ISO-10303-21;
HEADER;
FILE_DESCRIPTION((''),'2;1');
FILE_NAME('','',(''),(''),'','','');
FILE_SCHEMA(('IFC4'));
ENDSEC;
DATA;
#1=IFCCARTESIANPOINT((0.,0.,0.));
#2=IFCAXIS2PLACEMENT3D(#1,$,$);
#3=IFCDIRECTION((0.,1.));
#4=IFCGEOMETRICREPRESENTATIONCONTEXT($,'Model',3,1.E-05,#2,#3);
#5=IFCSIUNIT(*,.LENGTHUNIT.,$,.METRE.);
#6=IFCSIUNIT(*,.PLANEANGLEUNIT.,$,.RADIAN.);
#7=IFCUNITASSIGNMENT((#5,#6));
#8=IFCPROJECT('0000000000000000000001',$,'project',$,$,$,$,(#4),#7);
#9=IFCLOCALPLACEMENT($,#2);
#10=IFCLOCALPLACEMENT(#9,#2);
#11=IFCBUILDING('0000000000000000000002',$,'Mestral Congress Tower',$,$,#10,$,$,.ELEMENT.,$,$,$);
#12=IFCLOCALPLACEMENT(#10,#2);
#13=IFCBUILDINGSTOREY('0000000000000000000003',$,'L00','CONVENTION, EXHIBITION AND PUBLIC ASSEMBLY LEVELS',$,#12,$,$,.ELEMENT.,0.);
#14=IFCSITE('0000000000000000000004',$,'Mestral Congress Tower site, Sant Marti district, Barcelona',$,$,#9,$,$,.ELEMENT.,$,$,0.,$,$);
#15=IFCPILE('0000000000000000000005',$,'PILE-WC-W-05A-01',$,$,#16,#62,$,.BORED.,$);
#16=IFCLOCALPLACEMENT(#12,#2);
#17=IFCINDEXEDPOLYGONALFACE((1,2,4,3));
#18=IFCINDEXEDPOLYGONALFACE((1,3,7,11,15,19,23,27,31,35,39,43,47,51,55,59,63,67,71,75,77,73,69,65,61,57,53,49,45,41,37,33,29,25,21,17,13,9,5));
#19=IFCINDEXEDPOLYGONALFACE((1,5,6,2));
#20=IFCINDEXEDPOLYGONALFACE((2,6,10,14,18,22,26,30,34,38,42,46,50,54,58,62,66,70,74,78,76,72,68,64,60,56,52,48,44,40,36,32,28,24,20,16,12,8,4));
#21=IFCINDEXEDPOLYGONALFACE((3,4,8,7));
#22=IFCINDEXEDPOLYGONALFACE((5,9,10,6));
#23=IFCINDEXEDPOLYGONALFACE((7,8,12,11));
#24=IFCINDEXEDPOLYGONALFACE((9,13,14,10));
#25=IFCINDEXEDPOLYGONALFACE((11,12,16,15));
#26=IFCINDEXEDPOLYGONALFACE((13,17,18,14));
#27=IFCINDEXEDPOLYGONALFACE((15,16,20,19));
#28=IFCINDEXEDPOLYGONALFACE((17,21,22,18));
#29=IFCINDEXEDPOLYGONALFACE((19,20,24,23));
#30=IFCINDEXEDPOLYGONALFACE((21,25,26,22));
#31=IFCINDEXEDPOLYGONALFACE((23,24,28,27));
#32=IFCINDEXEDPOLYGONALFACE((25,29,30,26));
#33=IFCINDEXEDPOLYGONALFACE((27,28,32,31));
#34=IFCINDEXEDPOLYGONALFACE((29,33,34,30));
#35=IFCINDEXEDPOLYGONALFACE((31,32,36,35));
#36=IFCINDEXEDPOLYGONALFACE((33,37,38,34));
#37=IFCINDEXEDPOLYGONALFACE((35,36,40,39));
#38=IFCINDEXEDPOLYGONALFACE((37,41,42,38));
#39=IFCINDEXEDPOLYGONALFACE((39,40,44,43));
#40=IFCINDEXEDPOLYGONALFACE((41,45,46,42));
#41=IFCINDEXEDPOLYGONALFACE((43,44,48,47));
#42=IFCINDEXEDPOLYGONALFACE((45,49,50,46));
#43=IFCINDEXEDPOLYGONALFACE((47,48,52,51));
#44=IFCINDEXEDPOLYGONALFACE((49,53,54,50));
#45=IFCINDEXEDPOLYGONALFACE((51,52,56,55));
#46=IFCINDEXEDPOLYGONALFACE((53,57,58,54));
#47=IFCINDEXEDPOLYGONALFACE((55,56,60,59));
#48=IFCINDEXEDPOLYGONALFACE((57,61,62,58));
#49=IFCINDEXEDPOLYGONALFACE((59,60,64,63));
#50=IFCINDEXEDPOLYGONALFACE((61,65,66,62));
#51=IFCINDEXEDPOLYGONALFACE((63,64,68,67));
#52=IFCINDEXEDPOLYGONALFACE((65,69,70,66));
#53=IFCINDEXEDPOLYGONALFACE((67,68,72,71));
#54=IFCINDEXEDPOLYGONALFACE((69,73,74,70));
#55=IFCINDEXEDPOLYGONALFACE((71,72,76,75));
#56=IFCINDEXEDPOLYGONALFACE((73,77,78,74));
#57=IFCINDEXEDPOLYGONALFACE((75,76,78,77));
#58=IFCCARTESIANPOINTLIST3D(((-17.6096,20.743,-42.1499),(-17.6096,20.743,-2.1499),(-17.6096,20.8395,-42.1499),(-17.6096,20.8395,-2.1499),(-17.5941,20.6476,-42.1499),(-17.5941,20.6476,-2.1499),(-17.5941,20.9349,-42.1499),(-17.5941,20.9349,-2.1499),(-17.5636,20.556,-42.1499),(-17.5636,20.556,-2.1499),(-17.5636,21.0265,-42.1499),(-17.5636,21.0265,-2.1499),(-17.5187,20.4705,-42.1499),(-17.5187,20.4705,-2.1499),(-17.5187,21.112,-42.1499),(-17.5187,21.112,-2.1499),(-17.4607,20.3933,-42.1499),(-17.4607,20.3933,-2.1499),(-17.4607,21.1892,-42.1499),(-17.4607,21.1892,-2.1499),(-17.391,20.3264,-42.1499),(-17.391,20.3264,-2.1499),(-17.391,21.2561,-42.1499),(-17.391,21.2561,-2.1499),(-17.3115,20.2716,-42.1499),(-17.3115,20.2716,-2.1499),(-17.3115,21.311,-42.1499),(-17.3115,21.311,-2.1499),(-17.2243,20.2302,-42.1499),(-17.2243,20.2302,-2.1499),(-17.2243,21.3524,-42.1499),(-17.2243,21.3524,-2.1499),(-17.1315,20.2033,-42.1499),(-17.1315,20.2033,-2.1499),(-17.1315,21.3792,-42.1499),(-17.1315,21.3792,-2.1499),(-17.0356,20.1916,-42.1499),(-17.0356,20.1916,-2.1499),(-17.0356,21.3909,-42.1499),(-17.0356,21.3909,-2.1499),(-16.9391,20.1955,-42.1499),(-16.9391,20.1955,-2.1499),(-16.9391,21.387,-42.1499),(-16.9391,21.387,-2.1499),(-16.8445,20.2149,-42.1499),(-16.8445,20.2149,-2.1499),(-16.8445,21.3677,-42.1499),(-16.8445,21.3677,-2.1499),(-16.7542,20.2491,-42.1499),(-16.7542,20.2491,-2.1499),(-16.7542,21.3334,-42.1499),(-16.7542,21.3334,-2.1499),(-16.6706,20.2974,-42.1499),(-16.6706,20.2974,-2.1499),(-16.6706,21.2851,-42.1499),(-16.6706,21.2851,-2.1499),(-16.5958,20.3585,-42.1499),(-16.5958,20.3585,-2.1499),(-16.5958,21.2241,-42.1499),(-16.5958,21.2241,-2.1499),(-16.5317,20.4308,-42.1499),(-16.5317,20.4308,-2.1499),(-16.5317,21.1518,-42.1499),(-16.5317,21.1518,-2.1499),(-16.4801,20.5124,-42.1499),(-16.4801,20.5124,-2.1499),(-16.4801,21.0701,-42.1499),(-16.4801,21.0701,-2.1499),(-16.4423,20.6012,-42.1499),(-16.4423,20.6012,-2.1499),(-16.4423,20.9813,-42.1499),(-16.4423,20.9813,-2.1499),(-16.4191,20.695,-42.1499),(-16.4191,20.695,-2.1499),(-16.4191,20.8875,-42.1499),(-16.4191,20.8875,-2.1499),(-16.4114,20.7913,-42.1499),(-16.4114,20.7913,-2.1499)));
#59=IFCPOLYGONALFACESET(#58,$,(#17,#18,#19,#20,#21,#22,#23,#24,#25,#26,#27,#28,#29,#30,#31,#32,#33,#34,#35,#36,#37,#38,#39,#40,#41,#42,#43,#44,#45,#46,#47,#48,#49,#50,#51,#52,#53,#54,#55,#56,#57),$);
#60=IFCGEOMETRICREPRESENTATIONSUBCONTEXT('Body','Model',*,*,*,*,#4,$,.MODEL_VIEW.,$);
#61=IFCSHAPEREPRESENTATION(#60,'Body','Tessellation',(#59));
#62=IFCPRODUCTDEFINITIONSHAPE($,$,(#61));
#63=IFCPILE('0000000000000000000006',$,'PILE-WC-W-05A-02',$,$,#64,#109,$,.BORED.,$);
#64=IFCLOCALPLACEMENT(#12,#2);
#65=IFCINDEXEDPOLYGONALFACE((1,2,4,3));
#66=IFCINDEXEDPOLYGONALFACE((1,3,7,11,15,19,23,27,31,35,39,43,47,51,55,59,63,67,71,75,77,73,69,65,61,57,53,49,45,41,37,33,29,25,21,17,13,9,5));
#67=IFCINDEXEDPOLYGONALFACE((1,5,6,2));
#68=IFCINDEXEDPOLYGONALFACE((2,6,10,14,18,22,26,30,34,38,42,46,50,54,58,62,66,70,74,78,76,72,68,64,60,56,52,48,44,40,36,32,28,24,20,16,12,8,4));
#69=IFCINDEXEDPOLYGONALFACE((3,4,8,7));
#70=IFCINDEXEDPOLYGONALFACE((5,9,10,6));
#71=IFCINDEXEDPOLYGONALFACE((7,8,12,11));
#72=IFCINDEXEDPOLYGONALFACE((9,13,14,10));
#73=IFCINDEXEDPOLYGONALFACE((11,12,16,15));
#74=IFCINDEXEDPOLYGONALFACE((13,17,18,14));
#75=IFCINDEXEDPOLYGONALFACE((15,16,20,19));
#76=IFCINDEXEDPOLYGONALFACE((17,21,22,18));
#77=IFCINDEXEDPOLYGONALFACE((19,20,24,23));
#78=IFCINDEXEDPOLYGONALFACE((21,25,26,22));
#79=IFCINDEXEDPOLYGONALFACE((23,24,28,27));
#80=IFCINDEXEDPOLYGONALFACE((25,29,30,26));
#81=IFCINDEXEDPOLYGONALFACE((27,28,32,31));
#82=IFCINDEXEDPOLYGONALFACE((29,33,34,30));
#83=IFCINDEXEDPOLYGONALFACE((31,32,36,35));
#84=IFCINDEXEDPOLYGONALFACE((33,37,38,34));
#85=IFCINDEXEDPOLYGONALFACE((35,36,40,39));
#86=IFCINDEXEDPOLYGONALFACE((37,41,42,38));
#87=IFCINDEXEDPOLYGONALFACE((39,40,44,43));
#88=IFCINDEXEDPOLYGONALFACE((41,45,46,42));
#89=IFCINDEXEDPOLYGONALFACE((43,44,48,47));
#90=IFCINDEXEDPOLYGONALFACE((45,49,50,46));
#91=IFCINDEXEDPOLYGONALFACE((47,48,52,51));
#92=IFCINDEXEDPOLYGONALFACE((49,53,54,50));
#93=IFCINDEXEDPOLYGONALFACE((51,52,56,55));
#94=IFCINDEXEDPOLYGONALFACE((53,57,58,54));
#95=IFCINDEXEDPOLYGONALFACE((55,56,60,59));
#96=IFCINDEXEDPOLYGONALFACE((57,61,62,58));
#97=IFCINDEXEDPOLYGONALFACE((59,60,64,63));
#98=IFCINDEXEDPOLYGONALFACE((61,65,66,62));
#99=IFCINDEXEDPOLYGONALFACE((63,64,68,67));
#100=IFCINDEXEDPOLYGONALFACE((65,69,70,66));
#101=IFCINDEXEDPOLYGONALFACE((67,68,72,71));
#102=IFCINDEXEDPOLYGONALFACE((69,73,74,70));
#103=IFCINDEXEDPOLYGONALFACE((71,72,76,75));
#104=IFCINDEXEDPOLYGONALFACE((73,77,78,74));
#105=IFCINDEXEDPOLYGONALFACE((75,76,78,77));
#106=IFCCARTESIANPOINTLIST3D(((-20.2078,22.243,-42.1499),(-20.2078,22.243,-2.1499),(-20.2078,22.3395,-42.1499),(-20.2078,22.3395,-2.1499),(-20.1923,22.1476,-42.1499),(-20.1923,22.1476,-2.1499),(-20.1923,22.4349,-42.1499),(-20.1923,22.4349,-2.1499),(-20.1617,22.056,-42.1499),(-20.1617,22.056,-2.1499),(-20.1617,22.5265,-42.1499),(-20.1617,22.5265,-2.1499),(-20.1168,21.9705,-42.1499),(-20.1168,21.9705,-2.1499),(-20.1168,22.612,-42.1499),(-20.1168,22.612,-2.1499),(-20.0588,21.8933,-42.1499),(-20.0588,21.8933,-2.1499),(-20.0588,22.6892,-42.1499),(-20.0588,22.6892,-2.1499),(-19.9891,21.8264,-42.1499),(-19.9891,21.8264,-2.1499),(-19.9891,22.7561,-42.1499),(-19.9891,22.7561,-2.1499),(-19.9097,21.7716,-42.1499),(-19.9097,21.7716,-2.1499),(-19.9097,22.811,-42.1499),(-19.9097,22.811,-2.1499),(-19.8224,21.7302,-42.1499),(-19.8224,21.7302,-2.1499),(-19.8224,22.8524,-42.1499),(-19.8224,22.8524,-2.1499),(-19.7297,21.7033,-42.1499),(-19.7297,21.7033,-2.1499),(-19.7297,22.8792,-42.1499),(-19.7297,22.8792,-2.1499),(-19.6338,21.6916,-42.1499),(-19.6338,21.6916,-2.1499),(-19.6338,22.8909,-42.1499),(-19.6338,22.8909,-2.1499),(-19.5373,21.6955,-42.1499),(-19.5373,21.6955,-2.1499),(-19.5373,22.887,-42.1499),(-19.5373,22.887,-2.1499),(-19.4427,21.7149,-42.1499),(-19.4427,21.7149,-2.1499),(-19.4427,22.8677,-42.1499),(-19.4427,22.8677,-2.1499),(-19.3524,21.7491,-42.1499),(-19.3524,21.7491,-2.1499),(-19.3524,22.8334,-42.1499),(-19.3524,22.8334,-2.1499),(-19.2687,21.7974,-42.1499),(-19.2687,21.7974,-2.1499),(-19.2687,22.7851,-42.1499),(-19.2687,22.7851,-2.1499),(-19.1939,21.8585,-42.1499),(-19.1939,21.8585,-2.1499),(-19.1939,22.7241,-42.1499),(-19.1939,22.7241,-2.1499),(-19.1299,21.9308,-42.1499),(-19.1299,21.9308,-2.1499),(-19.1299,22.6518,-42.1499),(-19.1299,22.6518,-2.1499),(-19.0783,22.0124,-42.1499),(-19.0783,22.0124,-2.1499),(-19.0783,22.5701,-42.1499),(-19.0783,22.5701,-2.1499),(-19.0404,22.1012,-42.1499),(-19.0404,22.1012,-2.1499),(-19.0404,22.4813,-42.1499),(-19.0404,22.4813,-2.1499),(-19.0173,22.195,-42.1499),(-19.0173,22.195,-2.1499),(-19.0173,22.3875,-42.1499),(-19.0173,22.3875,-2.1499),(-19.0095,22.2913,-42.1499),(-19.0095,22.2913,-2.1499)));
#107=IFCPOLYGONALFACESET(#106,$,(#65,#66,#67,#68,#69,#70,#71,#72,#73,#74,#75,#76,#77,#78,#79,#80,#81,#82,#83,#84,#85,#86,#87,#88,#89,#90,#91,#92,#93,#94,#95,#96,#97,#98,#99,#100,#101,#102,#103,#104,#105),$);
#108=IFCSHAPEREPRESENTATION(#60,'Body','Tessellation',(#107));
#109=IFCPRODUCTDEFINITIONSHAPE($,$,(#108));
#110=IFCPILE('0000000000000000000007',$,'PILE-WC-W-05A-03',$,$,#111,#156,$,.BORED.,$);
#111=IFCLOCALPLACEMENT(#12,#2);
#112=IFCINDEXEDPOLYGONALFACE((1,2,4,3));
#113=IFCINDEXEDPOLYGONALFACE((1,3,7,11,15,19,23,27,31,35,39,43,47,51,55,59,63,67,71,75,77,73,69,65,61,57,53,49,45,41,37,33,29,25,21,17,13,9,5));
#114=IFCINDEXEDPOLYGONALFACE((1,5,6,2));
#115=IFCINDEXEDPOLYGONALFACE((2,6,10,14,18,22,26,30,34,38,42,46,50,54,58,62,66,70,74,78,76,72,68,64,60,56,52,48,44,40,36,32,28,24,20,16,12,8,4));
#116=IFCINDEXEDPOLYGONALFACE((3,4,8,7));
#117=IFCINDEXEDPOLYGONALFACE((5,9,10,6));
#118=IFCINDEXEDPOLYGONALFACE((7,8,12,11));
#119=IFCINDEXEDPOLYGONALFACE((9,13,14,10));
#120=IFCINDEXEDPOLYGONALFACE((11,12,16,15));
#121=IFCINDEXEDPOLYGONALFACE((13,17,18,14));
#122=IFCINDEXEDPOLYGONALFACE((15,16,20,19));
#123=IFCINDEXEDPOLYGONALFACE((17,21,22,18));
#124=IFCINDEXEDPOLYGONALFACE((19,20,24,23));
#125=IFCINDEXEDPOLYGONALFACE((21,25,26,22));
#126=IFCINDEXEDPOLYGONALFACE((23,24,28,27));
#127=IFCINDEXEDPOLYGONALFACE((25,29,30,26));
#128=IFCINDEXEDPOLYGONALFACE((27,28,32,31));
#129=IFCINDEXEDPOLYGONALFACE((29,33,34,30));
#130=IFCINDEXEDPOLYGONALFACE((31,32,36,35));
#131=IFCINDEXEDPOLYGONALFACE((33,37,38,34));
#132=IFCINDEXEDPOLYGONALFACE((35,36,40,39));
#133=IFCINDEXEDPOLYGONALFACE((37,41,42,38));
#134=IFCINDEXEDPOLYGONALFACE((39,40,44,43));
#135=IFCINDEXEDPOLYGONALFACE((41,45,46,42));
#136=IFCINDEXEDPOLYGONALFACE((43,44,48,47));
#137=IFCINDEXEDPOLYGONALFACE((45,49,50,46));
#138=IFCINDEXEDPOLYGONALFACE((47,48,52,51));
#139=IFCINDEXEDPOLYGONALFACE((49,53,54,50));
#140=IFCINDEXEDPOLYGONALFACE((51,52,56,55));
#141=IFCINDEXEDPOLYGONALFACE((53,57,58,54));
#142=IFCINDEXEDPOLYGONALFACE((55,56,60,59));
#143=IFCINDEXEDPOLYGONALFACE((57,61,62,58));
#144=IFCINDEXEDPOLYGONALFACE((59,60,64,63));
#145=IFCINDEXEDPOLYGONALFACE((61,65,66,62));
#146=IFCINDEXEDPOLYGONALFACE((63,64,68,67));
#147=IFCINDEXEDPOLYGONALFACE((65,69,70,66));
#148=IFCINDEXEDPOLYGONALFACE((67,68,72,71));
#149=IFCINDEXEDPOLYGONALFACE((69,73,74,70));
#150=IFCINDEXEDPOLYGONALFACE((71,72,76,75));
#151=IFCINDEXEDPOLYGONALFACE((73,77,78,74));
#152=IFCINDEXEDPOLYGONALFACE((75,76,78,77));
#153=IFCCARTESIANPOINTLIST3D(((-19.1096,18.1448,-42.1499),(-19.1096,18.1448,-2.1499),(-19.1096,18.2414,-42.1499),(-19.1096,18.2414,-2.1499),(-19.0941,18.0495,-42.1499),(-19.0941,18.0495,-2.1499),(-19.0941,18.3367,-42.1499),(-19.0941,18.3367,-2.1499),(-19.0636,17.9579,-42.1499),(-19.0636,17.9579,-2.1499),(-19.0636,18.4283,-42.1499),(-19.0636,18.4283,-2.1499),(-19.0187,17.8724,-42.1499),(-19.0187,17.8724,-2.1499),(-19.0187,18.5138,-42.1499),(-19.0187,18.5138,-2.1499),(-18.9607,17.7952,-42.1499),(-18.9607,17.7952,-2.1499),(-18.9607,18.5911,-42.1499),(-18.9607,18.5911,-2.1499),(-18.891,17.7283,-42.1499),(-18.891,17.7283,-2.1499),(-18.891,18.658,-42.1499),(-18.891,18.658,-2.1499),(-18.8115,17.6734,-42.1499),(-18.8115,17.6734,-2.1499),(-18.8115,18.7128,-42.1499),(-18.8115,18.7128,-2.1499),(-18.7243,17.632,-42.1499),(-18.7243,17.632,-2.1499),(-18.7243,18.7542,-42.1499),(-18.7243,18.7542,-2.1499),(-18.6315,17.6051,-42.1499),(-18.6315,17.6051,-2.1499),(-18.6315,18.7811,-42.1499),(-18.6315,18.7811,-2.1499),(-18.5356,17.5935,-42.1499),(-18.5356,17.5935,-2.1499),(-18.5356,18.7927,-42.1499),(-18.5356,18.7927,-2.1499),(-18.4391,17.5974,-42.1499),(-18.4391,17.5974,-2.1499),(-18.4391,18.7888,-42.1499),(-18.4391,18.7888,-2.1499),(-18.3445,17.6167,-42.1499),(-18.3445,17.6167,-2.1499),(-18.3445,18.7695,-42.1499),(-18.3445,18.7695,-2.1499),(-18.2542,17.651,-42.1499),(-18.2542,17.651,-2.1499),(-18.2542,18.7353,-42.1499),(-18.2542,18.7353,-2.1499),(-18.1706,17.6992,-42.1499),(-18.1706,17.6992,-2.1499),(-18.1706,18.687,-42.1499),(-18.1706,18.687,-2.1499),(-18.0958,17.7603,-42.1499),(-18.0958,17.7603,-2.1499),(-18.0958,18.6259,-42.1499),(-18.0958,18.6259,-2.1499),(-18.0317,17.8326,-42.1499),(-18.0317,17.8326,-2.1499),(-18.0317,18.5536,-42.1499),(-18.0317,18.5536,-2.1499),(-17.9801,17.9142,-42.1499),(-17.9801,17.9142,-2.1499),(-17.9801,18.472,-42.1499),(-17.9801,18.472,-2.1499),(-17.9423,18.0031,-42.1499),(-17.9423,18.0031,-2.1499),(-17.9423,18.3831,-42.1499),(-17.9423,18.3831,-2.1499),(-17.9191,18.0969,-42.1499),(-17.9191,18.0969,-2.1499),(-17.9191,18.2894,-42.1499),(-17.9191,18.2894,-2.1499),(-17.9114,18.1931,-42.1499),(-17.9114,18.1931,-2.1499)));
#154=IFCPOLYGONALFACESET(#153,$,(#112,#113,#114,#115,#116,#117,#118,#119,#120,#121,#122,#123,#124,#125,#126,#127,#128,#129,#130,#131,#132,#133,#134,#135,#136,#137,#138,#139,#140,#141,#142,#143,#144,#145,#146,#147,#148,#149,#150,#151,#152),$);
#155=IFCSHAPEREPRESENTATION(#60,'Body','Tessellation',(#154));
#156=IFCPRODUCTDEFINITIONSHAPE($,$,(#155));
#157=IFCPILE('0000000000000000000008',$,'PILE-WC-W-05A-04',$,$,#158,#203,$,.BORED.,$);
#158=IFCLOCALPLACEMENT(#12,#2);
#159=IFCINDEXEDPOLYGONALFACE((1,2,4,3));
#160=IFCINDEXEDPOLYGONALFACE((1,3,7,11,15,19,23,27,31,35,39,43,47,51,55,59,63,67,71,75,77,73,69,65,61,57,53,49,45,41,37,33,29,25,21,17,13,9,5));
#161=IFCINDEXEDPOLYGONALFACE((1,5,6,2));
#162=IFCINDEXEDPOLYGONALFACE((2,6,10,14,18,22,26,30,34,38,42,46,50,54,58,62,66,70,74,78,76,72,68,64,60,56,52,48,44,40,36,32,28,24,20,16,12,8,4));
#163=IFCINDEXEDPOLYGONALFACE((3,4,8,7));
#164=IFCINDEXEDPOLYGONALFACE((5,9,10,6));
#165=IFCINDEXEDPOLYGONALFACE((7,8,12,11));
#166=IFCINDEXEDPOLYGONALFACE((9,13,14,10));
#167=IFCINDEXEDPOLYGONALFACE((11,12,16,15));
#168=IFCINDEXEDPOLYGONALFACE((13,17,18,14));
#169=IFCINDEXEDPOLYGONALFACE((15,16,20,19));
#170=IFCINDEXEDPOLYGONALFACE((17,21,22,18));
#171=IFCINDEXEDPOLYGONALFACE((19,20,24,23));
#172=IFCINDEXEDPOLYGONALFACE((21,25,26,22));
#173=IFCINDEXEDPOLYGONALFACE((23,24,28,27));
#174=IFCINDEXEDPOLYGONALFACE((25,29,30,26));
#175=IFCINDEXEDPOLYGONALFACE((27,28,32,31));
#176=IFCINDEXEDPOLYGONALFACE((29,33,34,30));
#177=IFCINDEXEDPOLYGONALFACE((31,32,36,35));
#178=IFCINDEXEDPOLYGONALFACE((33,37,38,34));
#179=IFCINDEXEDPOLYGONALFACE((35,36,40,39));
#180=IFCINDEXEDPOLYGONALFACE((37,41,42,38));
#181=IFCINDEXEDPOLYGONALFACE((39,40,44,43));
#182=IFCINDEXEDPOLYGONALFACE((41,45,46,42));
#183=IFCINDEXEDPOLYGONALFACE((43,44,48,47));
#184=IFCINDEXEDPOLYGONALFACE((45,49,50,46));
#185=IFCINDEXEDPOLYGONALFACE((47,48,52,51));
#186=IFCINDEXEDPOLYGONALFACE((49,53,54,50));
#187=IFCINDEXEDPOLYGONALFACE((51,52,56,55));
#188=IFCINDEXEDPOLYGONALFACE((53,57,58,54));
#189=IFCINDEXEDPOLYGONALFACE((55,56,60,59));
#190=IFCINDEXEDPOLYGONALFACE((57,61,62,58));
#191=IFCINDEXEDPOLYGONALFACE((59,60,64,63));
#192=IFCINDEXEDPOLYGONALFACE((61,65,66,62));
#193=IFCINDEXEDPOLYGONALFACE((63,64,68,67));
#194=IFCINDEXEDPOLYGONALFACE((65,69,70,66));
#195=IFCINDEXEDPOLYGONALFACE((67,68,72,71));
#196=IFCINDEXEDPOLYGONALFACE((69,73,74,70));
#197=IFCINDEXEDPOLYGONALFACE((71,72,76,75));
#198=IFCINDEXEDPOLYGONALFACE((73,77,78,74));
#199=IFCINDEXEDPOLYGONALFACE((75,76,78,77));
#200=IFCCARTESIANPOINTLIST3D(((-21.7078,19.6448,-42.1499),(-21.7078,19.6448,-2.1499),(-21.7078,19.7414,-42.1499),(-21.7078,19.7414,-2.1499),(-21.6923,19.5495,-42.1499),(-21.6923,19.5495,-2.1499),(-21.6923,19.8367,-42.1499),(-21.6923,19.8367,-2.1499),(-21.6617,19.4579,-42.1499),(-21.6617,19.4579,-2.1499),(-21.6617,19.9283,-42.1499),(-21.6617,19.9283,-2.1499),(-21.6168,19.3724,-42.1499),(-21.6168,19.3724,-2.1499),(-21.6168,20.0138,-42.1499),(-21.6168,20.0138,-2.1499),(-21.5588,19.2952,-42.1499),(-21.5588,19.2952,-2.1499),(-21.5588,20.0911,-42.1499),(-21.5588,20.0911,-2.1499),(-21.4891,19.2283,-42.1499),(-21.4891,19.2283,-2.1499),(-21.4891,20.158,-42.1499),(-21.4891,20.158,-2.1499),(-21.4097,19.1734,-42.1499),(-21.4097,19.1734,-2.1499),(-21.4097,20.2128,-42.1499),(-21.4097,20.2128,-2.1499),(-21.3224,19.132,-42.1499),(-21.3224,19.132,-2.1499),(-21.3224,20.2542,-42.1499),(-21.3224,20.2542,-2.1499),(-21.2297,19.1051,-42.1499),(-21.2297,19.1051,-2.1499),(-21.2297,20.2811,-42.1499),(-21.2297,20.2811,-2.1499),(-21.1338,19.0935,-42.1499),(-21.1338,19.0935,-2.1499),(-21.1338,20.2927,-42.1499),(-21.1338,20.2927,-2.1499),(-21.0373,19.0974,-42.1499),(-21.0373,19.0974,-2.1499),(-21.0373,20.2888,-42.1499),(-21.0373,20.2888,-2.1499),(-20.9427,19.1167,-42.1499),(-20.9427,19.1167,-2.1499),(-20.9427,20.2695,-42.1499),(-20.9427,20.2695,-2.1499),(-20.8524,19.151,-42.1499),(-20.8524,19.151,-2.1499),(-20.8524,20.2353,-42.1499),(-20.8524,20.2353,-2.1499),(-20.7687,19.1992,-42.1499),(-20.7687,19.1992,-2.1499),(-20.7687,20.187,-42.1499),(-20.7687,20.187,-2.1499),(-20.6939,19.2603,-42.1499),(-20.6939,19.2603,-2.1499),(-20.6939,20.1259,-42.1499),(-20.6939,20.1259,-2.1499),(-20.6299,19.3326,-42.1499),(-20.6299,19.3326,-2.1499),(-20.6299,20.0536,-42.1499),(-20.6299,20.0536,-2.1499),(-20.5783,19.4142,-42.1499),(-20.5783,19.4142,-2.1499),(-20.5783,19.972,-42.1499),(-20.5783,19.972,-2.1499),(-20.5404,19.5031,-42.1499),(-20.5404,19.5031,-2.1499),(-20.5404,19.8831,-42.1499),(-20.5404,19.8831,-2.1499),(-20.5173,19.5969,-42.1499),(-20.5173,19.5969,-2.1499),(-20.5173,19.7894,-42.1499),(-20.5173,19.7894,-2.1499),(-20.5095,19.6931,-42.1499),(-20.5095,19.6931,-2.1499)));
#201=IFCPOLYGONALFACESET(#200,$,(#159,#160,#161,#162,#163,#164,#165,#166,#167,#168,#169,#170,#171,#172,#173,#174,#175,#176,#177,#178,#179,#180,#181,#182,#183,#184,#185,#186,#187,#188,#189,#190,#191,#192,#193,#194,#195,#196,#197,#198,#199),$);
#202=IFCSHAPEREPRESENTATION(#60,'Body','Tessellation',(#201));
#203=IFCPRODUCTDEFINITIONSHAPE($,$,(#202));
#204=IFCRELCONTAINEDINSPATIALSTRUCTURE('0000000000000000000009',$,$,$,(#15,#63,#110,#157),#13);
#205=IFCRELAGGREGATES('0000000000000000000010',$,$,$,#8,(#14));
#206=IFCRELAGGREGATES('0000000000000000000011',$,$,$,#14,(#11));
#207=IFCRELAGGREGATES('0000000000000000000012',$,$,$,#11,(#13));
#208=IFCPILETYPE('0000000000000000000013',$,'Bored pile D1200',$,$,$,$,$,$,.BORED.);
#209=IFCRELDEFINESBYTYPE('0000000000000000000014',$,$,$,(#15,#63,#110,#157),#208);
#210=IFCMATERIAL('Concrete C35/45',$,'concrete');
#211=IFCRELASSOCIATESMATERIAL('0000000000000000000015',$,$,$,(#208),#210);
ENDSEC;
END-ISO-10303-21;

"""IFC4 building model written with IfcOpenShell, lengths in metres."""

from ifc_helpers import new_model, si_unit, direction, frame, origin, origin_2d, place, context, subcontext, project, spatial, circle, extrude, material, material_profile, profile_set, type_object, element, save


model = new_model("IFC4")

# Units and contexts
model_context = context("Model", 3, precision=1e-05, world=origin(), true_north=direction((0.0, 1.0)))
body_context = subcontext(model_context, "Body", "Model", "MODEL_VIEW")
ifc_project = project(units=[si_unit("LENGTHUNIT", "METRE"), si_unit("PLANEANGLEUNIT", "RADIAN")], contexts=[model_context])

# Site, building, storey
site_placement = place(None, origin())
site = spatial("IfcSite", under=ifc_project, at=site_placement, Name="Mestral Congress Tower site, Sant Marti district, Barcelona", CompositionType="ELEMENT", RefElevation=0.0)
building_placement = place(site_placement, origin())
building = spatial("IfcBuilding", under=site, at=building_placement, Name="Mestral Congress Tower", CompositionType="ELEMENT")
storey_placement = place(building_placement, origin())
storey = spatial("IfcBuildingStorey", under=building, at=storey_placement, Name="L00", Description="CONVENTION, EXHIBITION AND PUBLIC ASSEMBLY LEVELS", CompositionType="ELEMENT", Elevation=0.0)

# Piles
ifc_material_1 = material(Name="Concrete C35/45", Category="concrete")
ifc_material_profile_1 = material_profile(ifc_material_1, circle(Radius=0.6001, at=origin_2d()), Name="D1200")
ifc_profile_set_1 = profile_set([ifc_material_profile_1], Name="Concrete C35/45")
pile_type_1 = type_object("IfcPileType", Name="Bored pile D1200", PredefinedType="BORED", material=ifc_profile_set_1)
for number, where, z_axis, x_axis, name in (
    (1, (-17.0115, 20.7913, -2.1499), (0.0, 0.0, -1.0), (1.0, 0.0, 0.0), "PILE-WC-W-05A-01"),
    (2, (-19.6096, 22.2913, -2.1499), (0.0, 0.0, -1.0), (1.0, 0.0, 0.0), "PILE-WC-W-05A-02"),
    (3, (-18.5115, 18.1931, -2.1499), (0.0, 0.0, -1.0), (1.0, 0.0, 0.0), "PILE-WC-W-05A-03"),
    (4, (-21.1096, 19.6931, -2.1499), (0.0, 0.0, -1.0), (1.0, 0.0, 0.0), "PILE-WC-W-05A-04"),
):
    element("IfcPile", number, at=place(storey_placement, frame(where, z_axis=z_axis, x_axis=x_axis)), inside=storey, type_object=pile_type_1, Name=name, PredefinedType="BORED", context=body_context, shape_type="SweptSolid", body=[
        extrude(circle(Radius=0.6001, at=origin_2d()), origin(), (0.0, 0.0, 1.0), 40.0),
    ])

save(model, "model.ifc")
